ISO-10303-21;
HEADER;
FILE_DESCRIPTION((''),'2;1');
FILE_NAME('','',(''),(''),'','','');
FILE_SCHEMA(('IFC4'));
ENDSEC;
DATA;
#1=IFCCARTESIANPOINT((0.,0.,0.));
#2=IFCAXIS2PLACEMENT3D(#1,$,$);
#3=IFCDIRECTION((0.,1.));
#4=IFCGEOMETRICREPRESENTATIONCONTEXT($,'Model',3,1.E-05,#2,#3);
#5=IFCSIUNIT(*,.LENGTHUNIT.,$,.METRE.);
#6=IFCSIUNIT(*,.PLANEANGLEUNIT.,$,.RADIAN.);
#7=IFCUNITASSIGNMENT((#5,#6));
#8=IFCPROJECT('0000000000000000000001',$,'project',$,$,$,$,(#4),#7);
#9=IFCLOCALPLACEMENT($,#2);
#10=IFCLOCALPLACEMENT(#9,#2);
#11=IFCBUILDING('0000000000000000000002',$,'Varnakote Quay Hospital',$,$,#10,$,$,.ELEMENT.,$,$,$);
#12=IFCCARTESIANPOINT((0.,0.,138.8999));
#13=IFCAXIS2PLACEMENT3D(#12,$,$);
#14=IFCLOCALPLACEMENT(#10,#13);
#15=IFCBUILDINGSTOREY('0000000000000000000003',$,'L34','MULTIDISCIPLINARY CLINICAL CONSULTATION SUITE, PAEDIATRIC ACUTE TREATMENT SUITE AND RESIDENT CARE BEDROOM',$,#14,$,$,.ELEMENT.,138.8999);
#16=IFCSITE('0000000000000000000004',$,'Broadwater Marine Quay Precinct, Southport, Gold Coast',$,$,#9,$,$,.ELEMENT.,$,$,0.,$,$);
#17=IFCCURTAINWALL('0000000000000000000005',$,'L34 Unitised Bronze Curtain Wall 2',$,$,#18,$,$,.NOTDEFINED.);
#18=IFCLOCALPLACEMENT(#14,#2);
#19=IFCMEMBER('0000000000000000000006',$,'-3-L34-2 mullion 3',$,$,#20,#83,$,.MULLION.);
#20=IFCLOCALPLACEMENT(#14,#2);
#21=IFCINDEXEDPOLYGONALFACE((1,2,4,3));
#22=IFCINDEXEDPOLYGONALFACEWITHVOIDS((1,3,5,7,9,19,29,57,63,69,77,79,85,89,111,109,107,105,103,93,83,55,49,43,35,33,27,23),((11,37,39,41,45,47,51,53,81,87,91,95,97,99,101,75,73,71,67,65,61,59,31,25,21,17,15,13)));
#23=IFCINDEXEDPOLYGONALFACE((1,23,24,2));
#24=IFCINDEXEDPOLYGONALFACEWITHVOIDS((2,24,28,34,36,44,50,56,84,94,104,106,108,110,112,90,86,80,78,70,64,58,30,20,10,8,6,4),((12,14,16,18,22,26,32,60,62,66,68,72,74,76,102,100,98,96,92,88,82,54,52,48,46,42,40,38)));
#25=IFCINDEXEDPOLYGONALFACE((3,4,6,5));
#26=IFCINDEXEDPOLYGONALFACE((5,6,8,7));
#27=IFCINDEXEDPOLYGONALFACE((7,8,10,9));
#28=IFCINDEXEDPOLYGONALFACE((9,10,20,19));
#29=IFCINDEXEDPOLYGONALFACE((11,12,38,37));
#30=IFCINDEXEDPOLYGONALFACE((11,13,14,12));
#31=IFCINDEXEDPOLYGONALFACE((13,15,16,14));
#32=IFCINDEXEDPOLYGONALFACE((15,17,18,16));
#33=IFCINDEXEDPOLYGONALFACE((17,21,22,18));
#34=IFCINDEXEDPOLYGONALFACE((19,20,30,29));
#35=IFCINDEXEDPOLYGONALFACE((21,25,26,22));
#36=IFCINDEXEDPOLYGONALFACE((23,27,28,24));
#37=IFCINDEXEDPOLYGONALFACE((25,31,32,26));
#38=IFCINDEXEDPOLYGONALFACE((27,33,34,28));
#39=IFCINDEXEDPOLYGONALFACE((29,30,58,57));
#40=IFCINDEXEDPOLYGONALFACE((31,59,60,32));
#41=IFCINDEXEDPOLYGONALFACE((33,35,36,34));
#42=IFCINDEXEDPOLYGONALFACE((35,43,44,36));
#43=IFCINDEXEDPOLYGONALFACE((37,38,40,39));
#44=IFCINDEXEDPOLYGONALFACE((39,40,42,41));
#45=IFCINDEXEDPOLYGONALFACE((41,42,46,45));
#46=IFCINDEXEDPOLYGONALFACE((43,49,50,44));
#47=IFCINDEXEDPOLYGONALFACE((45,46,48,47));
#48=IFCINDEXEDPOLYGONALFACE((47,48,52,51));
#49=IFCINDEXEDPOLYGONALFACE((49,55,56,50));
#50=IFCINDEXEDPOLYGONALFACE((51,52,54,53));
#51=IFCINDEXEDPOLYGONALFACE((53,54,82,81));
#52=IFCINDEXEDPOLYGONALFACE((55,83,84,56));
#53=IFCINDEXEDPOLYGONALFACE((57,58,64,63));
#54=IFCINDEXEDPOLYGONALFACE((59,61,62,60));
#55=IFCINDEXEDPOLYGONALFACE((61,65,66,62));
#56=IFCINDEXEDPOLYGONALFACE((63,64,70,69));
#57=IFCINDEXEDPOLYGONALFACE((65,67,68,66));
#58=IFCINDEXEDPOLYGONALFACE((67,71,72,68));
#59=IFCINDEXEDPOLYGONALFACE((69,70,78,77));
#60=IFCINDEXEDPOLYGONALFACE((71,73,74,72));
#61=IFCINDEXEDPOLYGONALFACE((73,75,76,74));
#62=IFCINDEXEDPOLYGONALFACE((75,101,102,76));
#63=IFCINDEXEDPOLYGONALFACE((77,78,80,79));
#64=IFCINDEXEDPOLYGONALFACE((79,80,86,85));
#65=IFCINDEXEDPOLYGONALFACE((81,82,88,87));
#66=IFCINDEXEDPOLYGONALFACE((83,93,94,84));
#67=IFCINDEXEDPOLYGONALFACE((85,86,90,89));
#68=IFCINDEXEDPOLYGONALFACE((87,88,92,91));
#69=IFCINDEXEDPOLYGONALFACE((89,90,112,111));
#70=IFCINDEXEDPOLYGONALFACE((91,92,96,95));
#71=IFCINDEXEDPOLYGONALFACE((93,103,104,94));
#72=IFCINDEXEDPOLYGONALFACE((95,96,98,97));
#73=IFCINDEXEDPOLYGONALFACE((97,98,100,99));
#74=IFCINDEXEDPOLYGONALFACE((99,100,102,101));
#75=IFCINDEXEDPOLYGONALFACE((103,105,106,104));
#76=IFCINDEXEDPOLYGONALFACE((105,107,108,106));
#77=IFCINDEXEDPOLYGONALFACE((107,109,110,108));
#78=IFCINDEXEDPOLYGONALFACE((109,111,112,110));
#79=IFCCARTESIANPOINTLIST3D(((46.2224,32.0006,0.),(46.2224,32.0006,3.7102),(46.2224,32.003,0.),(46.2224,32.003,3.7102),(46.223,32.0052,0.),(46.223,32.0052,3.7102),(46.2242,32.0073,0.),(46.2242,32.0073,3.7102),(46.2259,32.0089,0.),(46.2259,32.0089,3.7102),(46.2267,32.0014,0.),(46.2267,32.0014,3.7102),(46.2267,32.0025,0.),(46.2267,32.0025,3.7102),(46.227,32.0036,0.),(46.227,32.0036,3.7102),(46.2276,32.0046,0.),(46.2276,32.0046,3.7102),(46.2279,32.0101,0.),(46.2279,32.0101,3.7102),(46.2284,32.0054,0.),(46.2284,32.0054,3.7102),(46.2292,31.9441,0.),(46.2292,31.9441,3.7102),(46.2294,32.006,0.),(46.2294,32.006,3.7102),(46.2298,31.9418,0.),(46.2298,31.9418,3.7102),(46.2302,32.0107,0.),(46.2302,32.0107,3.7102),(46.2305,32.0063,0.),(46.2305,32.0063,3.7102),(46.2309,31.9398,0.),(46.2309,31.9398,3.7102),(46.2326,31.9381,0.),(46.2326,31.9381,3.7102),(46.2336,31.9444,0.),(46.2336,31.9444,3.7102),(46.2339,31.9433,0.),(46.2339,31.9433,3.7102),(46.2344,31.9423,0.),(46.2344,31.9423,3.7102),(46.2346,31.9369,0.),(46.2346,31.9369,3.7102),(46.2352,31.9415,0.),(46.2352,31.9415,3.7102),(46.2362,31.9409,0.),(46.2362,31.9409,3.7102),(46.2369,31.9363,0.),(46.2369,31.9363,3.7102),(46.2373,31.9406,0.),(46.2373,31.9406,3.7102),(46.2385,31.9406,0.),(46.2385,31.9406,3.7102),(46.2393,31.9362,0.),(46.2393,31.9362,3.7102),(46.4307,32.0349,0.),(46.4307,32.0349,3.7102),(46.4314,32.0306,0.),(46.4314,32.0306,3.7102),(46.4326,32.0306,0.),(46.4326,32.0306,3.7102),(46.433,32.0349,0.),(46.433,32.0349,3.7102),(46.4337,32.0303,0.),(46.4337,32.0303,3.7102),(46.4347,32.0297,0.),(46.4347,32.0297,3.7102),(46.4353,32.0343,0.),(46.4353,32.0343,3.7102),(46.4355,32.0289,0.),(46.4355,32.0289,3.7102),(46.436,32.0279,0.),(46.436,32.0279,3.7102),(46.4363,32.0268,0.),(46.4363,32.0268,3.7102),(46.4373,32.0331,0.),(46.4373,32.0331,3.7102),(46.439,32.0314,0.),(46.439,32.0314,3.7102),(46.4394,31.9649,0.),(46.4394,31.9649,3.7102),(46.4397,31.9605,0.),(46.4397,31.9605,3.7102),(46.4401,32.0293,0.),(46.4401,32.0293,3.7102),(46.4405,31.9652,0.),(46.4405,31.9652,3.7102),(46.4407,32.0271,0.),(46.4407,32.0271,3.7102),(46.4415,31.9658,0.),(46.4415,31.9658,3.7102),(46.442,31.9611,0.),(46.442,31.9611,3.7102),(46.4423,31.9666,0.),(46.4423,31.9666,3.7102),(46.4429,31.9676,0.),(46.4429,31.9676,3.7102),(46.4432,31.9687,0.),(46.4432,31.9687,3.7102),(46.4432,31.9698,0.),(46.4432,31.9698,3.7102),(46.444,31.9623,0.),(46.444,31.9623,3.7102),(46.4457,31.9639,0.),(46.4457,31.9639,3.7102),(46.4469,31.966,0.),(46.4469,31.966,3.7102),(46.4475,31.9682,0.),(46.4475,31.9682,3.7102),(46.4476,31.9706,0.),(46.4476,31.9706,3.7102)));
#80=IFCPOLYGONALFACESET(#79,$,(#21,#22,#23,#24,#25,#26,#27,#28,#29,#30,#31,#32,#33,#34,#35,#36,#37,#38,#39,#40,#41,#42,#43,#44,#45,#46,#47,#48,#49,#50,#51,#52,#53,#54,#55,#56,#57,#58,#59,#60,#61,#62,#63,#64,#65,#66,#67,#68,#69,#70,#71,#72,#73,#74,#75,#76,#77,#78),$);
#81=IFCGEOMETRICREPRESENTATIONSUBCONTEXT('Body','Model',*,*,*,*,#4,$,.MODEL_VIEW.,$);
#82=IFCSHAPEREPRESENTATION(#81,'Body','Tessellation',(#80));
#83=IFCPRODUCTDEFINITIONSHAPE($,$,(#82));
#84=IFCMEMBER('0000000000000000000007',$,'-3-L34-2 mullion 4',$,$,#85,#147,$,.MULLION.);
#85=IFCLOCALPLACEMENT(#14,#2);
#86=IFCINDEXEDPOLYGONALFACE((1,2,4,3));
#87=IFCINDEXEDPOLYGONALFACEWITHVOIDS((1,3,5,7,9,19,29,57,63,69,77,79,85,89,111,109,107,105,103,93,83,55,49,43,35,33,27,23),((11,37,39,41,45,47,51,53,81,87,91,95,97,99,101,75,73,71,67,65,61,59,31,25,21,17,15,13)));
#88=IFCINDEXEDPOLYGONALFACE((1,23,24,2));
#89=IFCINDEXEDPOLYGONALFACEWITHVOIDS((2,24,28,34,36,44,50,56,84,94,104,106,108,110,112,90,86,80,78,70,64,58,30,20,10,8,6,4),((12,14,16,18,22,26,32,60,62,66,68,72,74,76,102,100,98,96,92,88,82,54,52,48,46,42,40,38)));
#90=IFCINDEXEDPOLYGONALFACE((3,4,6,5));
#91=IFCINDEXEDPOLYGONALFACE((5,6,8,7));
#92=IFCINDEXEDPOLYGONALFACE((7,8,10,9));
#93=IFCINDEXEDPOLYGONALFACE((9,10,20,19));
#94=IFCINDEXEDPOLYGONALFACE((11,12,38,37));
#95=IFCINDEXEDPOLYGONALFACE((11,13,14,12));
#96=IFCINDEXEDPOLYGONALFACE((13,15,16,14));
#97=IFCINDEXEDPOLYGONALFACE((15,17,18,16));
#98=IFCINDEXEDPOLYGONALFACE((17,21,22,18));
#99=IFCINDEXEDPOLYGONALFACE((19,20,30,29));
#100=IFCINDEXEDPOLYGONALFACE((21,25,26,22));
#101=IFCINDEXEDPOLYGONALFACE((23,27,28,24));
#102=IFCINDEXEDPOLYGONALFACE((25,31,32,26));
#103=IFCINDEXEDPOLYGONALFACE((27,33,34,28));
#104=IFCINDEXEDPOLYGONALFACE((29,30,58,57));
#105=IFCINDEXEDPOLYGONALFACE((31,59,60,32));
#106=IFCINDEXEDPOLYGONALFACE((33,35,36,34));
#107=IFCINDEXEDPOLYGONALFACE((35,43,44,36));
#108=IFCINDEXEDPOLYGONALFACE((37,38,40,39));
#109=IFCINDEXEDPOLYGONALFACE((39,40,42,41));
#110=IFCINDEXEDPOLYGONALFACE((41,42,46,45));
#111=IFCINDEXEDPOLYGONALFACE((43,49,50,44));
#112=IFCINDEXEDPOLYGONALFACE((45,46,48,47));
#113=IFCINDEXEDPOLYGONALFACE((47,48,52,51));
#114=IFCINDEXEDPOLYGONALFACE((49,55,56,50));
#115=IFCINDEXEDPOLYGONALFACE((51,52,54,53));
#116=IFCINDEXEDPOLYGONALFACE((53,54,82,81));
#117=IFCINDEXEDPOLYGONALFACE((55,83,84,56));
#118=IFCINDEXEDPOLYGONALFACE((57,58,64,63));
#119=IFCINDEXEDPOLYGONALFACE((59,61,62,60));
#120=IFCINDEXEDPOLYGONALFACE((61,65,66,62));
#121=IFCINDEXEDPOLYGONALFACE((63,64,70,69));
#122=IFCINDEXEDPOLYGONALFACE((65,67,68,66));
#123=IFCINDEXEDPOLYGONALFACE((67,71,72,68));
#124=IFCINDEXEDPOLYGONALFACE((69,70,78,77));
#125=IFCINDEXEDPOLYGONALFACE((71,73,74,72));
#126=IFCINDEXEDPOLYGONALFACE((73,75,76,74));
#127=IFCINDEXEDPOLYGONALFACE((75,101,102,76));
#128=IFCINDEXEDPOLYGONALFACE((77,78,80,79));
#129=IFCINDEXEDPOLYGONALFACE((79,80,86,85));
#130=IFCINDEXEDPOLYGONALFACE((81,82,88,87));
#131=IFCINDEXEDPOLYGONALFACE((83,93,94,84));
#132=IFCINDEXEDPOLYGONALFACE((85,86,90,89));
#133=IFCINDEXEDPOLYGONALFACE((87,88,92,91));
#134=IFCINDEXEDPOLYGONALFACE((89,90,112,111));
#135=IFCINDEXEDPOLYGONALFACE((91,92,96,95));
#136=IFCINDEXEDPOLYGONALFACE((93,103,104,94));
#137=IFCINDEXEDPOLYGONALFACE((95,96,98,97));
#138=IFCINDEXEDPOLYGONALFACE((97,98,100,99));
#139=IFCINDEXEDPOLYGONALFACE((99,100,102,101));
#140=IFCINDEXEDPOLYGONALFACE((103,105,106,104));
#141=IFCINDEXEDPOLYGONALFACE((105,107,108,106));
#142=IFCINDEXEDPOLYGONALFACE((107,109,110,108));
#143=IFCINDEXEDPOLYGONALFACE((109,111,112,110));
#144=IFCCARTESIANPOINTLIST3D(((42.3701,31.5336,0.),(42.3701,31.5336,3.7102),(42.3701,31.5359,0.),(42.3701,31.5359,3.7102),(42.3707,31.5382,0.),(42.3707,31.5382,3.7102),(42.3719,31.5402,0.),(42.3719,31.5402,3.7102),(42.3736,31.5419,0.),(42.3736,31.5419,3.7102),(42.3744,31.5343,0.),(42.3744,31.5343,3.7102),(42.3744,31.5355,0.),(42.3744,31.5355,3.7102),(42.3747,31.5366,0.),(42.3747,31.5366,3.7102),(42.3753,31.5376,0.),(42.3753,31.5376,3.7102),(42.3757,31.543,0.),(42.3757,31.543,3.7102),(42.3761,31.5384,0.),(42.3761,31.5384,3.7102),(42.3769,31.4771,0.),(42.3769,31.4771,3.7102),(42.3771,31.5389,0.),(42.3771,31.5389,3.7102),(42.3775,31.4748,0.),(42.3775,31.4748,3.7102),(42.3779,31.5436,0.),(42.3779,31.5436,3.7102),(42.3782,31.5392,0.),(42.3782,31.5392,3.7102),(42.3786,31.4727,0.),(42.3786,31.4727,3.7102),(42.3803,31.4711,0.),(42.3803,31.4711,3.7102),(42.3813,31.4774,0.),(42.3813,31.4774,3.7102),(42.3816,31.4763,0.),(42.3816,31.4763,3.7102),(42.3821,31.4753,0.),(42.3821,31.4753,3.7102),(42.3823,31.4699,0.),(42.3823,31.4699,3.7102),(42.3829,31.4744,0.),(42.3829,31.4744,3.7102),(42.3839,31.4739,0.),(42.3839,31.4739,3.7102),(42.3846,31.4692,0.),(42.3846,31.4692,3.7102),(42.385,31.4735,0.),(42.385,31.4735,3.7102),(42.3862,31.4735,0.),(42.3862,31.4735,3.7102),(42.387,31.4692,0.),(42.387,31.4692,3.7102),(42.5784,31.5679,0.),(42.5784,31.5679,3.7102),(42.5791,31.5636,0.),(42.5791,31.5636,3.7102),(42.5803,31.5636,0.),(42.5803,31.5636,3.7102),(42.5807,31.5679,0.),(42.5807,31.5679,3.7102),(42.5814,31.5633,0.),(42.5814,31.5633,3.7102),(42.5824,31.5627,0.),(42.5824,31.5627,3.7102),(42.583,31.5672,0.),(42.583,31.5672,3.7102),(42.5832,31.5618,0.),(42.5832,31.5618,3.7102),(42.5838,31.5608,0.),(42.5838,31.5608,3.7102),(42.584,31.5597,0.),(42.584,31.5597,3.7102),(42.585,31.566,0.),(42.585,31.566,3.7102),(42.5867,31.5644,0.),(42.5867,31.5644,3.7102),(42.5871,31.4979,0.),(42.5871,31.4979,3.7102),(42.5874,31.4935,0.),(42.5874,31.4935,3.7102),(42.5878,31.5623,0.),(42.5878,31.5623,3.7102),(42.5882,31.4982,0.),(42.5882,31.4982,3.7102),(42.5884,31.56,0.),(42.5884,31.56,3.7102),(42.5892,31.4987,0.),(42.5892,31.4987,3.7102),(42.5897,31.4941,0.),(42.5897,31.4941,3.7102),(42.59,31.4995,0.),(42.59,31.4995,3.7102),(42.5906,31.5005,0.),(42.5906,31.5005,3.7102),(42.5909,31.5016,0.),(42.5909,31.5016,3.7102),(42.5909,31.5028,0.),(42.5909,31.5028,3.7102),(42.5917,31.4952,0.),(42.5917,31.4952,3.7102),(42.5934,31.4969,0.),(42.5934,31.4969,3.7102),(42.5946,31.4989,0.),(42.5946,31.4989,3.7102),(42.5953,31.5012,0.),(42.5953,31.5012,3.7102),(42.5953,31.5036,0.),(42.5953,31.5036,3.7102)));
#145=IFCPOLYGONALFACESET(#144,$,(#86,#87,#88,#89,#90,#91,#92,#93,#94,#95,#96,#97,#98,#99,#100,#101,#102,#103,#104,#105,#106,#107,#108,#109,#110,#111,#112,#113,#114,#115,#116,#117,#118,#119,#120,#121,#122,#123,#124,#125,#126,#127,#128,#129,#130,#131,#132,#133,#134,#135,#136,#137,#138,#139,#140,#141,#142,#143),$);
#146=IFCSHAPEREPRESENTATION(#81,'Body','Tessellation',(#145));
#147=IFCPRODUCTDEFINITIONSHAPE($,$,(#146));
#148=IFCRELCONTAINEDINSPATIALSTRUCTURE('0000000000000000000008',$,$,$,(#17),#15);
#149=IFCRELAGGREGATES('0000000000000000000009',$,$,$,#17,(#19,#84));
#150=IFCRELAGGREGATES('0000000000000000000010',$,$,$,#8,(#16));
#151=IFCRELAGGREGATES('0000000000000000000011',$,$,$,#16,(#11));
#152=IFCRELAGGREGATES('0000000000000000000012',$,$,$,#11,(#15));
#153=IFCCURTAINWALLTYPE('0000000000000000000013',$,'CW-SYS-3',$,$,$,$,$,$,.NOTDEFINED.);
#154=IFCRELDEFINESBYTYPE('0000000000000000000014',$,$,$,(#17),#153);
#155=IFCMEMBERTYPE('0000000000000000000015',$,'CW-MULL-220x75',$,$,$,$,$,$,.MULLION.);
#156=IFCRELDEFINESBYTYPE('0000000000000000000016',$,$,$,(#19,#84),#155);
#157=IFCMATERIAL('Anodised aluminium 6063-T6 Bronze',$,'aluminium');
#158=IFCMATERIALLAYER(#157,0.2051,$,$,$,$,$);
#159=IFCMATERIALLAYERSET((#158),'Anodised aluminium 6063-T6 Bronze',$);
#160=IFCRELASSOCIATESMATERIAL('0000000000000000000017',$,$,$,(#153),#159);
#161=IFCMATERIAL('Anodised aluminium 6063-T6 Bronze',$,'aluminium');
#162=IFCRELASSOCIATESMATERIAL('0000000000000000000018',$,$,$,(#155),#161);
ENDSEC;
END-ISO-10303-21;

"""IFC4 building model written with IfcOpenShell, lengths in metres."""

from ifc_helpers import new_model, si_unit, direction, frame, origin, origin_2d, place, context, subcontext, project, spatial, hollow_rectangle, extrude, material, layer, layer_set, material_profile, profile_set, type_object, element, aggregate, save


model = new_model("IFC4")

# Units and contexts
model_context = context("Model", 3, precision=1e-05, world=origin(), true_north=direction((0.0, 1.0)))
body_context = subcontext(model_context, "Body", "Model", "MODEL_VIEW")
ifc_project = project(units=[si_unit("LENGTHUNIT", "METRE"), si_unit("PLANEANGLEUNIT", "RADIAN")], contexts=[model_context])

# Site, building, storey
site_placement = place(None, origin())
site = spatial("IfcSite", under=ifc_project, at=site_placement, Name="Broadwater Marine Quay Precinct, Southport, Gold Coast", CompositionType="ELEMENT", RefElevation=0.0)
building_placement = place(site_placement, origin())
building = spatial("IfcBuilding", under=site, at=building_placement, Name="Varnakote Quay Hospital", CompositionType="ELEMENT")
storey_placement = place(building_placement, frame((0.0, 0.0, 138.8999)))
storey = spatial("IfcBuildingStorey", under=building, at=storey_placement, Name="L34", Description="MULTIDISCIPLINARY CLINICAL CONSULTATION SUITE, PAEDIATRIC ACUTE TREATMENT SUITE AND RESIDENT CARE BEDROOM", CompositionType="ELEMENT", Elevation=138.8999)

# Curtain wall, members
ifc_material_1 = material(Name="Anodised aluminium 6063-T6 Bronze", Category="aluminium")
ifc_layer_1 = layer(ifc_material_1, 0.2051)
ifc_layer_set_1 = layer_set([ifc_layer_1], Name="Anodised aluminium 6063-T6 Bronze")
curtain_wall_type = type_object("IfcCurtainWallType", Name="CW-SYS-3", PredefinedType="NOTDEFINED", material=ifc_layer_set_1)
curtain_wall_placement = place(storey_placement, origin())
curtain_wall = element("IfcCurtainWall", 1, at=curtain_wall_placement, inside=storey, type_object=curtain_wall_type, Name="L34 Unitised Bronze Curtain Wall 2", PredefinedType="NOTDEFINED")
ifc_material_2 = material(Name="Anodised aluminium 6063-T6 Bronze", Category="aluminium")
ifc_material_profile_1 = material_profile(ifc_material_2, hollow_rectangle(XDim=0.075, YDim=0.22, WallThickness=0.0044, InnerFilletRadius=0.0044, OuterFilletRadius=0.009, at=origin_2d()), Name="CW-MULL-220x75")
ifc_profile_set_1 = profile_set([ifc_material_profile_1], Name="Anodised aluminium 6063-T6 Bronze")
member_type_1 = type_object("IfcMemberType", Name="CW-MULL-220x75", PredefinedType="MULLION", material=ifc_profile_set_1)
member_1_placement = place(storey_placement, frame((46.335, 31.9856, 0.0), z_axis=(0.0, 0.0, 1.0), x_axis=(0.120327, -0.992734, 0.0)))
member_1 = element("IfcMember", 2, at=member_1_placement, type_object=member_type_1, Name="-3-L34-2 mullion 3", PredefinedType="MULLION", context=body_context, shape_type="SweptSolid", body=[
    extrude(hollow_rectangle(XDim=0.075, YDim=0.22, WallThickness=0.0044, InnerFilletRadius=0.0044, OuterFilletRadius=0.009, at=origin_2d()), origin(), (0.0, 0.0, 1.0), 3.7102),
])
member_2_placement = place(storey_placement, frame((42.4827, 31.5186, 0.0), z_axis=(0.0, 0.0, 1.0), x_axis=(0.120327, -0.992734, 0.0)))
member_2 = element("IfcMember", 3, at=member_2_placement, type_object=member_type_1, Name="-3-L34-2 mullion 4", PredefinedType="MULLION", context=body_context, shape_type="SweptSolid", body=[
    extrude(hollow_rectangle(XDim=0.075, YDim=0.22, WallThickness=0.0044, InnerFilletRadius=0.0044, OuterFilletRadius=0.009, at=origin_2d()), origin(), (0.0, 0.0, 1.0), 3.7102),
])
aggregate(curtain_wall, [member_1, member_2])

save(model, "model.ifc")
